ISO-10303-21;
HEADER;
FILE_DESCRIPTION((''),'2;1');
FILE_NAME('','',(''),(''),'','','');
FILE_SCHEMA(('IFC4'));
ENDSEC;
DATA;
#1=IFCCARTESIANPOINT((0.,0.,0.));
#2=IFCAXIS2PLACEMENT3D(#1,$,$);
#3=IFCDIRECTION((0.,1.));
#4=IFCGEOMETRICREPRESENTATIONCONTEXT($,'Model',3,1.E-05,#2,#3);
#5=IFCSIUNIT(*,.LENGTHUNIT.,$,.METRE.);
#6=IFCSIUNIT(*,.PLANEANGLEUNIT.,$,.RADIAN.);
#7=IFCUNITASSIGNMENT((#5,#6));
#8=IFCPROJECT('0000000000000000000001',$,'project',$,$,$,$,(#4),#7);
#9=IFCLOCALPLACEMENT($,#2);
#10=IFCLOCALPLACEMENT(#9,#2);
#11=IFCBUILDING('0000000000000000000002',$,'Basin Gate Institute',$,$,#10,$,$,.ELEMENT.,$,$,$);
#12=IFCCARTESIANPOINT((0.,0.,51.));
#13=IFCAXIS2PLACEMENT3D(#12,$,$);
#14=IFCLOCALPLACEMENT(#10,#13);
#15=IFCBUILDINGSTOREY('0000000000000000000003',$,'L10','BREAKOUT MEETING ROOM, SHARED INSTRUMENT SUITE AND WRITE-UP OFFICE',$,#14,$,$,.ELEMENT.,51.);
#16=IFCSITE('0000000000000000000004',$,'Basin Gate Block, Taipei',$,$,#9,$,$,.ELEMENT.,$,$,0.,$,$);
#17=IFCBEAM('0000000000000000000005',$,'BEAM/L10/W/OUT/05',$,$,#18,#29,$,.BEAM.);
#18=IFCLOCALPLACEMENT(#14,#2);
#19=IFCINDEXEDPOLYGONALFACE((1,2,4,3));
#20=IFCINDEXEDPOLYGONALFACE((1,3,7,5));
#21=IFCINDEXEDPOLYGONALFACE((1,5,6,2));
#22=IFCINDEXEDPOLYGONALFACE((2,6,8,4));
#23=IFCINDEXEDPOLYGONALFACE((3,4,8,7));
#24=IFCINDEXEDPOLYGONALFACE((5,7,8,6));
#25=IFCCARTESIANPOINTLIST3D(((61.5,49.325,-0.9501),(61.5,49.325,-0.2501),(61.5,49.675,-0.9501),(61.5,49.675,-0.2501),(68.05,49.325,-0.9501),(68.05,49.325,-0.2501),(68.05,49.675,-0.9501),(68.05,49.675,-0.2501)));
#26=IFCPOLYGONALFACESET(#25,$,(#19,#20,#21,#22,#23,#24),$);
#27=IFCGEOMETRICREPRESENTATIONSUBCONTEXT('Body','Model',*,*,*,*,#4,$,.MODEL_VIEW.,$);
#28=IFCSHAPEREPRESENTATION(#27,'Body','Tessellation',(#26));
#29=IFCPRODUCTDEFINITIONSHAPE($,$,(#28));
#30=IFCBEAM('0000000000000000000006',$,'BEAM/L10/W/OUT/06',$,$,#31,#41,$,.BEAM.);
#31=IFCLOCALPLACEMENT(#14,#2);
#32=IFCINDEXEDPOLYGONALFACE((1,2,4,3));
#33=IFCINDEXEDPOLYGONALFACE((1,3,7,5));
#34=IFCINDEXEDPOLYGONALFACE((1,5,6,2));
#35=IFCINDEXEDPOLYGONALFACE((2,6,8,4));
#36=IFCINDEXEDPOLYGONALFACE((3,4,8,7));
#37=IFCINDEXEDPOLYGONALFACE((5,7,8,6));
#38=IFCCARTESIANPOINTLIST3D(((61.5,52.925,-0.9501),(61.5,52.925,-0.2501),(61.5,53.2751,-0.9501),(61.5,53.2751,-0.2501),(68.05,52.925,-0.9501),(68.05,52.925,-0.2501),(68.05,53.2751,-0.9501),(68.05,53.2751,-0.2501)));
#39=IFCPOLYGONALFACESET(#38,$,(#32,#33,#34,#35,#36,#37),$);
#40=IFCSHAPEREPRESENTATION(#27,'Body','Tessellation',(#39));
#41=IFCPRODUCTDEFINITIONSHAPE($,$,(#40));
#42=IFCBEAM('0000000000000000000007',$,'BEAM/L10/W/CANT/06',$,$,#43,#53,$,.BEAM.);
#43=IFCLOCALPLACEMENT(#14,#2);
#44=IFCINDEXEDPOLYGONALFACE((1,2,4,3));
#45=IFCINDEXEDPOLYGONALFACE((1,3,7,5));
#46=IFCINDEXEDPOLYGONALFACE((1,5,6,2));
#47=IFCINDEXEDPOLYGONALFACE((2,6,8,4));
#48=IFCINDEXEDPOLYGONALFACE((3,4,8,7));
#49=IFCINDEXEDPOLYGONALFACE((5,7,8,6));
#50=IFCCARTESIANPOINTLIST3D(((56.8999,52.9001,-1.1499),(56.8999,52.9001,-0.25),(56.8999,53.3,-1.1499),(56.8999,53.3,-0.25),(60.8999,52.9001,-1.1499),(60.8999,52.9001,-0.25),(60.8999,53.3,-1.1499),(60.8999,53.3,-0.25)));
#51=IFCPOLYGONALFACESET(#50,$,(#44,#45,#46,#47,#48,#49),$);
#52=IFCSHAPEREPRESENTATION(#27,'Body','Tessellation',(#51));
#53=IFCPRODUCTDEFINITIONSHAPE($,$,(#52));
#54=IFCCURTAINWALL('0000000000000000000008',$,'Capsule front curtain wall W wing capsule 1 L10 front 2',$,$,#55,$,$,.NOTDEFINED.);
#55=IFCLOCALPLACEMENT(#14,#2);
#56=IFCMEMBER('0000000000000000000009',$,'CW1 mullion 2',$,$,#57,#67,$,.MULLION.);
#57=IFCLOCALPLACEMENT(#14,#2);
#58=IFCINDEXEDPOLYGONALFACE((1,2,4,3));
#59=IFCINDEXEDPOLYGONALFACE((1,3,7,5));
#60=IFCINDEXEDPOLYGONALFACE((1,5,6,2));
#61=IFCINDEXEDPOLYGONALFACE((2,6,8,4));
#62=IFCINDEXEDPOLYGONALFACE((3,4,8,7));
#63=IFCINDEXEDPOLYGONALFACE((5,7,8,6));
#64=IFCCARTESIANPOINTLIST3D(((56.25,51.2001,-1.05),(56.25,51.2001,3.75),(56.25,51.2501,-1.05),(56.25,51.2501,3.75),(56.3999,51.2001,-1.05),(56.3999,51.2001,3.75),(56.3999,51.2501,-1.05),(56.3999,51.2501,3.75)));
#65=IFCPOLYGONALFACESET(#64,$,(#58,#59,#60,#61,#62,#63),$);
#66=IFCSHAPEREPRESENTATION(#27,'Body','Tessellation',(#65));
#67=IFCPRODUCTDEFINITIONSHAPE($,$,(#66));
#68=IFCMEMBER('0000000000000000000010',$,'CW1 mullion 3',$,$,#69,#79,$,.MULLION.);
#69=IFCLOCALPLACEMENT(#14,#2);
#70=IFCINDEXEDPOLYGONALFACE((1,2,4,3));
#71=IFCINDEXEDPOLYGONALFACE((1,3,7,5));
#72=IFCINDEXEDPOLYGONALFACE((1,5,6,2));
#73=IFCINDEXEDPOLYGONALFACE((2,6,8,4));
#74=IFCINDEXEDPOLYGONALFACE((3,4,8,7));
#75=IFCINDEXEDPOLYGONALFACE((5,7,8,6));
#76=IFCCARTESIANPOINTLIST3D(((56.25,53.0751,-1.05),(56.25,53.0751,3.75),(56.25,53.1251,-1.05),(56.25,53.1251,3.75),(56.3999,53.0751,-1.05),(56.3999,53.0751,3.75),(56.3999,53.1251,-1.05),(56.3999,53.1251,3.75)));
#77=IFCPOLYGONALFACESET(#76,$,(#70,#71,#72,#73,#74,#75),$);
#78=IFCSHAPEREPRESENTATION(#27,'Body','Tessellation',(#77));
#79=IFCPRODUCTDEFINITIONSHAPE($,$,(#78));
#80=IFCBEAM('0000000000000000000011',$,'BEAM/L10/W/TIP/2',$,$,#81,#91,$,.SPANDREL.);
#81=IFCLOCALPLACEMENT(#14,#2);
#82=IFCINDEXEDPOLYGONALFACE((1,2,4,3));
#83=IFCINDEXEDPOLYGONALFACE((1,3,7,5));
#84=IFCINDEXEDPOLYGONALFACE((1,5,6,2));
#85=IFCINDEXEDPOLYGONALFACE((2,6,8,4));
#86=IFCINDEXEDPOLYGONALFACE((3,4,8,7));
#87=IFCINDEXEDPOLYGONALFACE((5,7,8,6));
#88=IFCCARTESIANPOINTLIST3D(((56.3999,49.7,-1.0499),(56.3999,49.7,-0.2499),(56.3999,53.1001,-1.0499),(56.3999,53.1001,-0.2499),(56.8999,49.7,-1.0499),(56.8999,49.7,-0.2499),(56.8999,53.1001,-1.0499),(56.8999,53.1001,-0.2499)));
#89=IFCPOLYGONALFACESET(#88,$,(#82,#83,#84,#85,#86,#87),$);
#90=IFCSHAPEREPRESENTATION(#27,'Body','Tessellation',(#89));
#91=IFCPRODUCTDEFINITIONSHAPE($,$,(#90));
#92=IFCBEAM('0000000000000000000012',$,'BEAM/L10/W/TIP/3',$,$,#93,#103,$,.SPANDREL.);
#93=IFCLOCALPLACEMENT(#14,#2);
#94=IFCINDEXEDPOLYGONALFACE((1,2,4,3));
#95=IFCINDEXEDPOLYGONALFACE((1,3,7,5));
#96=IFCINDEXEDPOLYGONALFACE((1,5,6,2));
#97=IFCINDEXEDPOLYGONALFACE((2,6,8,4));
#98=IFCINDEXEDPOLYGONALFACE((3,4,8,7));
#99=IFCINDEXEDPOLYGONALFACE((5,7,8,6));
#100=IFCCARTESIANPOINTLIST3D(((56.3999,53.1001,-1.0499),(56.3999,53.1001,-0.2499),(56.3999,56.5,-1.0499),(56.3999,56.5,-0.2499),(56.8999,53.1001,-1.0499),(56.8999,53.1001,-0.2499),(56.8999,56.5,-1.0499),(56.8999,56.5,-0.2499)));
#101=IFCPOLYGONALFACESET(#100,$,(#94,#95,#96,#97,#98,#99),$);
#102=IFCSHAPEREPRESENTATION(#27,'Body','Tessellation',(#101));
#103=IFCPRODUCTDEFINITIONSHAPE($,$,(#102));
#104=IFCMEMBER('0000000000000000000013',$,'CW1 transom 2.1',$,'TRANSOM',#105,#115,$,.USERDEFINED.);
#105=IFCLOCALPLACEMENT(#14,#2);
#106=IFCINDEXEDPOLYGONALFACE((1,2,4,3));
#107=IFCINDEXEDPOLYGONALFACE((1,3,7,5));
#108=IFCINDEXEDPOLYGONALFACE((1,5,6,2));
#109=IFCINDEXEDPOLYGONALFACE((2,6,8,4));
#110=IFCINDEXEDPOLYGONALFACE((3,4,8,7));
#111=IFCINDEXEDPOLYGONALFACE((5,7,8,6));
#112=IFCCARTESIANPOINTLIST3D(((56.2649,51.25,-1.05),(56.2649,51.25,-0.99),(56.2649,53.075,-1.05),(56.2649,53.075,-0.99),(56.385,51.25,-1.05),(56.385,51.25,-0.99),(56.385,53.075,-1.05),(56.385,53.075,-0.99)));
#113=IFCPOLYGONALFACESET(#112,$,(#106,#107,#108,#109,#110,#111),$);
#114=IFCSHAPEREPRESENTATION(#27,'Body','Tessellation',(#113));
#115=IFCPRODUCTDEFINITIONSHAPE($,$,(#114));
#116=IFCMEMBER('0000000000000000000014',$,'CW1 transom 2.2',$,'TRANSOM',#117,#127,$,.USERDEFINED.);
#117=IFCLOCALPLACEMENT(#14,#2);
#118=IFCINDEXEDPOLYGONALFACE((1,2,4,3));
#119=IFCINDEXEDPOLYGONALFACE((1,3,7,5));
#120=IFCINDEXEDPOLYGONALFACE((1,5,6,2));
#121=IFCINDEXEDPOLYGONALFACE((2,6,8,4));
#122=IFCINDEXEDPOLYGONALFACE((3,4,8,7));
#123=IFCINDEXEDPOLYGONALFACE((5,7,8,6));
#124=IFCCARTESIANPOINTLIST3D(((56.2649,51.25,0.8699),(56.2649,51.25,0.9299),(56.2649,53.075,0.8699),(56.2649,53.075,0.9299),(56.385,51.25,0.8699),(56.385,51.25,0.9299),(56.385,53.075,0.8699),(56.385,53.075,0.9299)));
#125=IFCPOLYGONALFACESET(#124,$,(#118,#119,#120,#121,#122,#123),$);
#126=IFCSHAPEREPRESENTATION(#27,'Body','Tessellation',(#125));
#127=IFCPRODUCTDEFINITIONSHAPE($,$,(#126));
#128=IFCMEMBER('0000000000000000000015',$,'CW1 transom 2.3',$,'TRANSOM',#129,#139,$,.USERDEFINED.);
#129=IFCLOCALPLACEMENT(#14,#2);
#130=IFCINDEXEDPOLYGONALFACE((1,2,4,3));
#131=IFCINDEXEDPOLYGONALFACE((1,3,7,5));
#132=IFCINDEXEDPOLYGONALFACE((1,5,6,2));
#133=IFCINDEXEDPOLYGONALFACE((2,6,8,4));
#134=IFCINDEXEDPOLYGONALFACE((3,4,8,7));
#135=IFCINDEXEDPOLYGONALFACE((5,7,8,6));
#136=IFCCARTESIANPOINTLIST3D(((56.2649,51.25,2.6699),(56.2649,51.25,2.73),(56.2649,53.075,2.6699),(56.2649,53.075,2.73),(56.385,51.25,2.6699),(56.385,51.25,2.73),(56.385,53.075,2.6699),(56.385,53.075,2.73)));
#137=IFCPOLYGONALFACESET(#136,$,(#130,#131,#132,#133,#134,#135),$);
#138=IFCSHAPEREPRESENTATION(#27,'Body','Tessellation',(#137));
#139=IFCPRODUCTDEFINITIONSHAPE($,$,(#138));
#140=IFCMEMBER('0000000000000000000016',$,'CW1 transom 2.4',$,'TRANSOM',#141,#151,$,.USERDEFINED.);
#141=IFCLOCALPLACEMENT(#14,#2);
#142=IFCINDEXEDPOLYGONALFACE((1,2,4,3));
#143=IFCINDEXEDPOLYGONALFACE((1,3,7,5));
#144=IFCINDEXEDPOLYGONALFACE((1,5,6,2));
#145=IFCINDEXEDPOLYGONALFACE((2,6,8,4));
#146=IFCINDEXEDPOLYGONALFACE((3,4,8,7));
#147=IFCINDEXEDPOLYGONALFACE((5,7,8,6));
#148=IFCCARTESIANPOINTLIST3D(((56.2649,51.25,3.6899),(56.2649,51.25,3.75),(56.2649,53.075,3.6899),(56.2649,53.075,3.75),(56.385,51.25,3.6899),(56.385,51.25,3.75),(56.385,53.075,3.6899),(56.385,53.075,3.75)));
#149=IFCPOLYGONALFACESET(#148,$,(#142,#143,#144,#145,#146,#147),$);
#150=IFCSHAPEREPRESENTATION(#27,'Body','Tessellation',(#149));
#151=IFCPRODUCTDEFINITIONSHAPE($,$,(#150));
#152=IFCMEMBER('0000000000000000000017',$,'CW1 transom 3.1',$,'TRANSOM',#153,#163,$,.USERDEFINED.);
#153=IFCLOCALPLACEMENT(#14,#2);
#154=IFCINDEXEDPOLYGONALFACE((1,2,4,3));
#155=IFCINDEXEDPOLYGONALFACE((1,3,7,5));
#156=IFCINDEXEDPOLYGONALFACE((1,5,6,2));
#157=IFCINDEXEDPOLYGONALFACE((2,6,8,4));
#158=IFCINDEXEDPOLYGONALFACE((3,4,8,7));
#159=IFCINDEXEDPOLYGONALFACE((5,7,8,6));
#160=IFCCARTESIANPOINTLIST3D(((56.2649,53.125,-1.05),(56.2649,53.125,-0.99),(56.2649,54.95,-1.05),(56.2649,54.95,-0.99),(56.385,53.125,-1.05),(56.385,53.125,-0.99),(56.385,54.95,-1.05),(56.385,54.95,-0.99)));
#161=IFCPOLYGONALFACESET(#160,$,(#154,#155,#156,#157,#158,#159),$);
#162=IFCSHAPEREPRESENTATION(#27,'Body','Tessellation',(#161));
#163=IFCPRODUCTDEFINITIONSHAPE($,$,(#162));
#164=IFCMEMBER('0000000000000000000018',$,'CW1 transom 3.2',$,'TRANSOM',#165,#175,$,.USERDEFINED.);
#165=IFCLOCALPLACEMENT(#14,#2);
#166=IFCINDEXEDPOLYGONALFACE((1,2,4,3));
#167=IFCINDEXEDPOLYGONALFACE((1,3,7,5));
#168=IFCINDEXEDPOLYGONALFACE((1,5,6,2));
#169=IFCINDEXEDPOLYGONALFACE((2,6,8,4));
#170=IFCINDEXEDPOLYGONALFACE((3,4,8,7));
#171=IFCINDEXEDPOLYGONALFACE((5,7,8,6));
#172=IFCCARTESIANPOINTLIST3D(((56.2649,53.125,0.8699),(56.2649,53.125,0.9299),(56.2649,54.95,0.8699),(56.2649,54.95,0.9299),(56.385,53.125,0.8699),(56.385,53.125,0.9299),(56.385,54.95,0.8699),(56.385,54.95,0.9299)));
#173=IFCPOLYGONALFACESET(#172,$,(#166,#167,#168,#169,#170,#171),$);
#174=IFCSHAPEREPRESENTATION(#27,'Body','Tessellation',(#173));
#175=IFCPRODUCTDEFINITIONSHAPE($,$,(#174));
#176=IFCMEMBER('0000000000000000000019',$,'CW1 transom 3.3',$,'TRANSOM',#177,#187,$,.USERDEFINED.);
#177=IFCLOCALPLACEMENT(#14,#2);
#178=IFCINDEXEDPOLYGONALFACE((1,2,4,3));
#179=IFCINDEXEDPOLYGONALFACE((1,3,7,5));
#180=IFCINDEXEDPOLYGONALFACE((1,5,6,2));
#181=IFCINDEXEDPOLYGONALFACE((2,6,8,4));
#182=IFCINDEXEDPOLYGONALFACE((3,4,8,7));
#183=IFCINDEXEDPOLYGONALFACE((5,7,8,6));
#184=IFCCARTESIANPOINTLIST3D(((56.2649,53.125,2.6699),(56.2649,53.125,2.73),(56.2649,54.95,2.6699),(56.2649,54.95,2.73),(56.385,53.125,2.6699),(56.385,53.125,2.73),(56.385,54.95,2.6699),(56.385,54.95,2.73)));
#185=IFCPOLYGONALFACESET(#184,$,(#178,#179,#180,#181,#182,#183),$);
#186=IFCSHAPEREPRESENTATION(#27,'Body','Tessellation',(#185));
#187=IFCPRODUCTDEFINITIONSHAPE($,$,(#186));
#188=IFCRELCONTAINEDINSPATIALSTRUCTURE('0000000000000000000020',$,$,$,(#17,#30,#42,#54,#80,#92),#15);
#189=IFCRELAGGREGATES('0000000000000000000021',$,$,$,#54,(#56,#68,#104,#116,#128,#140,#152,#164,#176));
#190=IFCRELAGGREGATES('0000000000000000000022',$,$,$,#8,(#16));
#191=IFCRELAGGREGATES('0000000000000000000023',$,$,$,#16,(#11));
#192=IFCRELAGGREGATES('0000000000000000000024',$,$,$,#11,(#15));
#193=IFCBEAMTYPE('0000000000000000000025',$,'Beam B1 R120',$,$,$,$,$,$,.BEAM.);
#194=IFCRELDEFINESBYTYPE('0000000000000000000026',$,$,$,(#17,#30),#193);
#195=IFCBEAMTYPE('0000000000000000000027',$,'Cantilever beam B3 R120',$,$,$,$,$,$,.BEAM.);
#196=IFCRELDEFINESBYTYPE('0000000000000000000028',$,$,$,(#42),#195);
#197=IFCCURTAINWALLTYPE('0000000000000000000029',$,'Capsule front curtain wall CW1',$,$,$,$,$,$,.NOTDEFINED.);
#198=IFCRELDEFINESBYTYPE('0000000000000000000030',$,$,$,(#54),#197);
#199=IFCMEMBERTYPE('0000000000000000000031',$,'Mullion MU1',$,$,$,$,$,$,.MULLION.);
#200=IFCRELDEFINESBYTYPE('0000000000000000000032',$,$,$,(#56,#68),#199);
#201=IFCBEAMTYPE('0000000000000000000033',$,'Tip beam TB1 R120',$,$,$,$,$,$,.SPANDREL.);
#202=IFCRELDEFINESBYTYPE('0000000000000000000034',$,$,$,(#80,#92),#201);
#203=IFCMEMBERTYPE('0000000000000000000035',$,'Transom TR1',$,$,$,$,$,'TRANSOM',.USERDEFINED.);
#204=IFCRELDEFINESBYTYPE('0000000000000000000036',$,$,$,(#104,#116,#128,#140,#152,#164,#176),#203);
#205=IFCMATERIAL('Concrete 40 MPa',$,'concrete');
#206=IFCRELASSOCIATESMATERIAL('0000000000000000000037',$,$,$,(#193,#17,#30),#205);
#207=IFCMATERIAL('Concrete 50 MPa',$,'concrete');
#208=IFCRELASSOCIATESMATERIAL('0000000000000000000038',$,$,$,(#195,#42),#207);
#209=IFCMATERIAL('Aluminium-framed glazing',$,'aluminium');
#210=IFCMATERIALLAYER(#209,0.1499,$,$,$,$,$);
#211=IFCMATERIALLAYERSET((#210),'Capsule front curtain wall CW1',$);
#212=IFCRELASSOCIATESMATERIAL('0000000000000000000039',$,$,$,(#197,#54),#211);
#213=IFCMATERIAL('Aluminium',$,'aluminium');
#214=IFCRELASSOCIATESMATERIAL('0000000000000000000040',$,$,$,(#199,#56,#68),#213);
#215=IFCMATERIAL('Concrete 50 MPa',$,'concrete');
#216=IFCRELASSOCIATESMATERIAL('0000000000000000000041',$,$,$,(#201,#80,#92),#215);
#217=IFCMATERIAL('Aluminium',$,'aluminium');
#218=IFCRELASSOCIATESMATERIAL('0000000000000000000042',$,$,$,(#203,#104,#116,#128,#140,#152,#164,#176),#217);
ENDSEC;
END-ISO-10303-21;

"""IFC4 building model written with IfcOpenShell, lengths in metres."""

from ifc_helpers import new_model, si_unit, direction, frame, origin, origin_2d, place, context, subcontext, project, spatial, rectangle, extrude, material, layer, layer_set, material_profile, profile_set, type_object, element, aggregate, save


model = new_model("IFC4")

# Units and contexts
model_context = context("Model", 3, precision=1e-05, world=origin(), true_north=direction((0.0, 1.0)))
body_context = subcontext(model_context, "Body", "Model", "MODEL_VIEW")
ifc_project = project(units=[si_unit("LENGTHUNIT", "METRE"), si_unit("PLANEANGLEUNIT", "RADIAN")], contexts=[model_context])

# Site, building, storey
site_placement = place(None, origin())
site = spatial("IfcSite", under=ifc_project, at=site_placement, Name="Basin Gate Block, Taipei", CompositionType="ELEMENT", RefElevation=0.0)
building_placement = place(site_placement, origin())
building = spatial("IfcBuilding", under=site, at=building_placement, Name="Basin Gate Institute", CompositionType="ELEMENT")
storey_placement = place(building_placement, frame((0.0, 0.0, 51.0)))
storey = spatial("IfcBuildingStorey", under=building, at=storey_placement, Name="L10", Description="BREAKOUT MEETING ROOM, SHARED INSTRUMENT SUITE AND WRITE-UP OFFICE", CompositionType="ELEMENT", Elevation=51.0)

# Beams
ifc_material_1 = material(Name="Concrete 40 MPa", Category="concrete")
ifc_material_profile_1 = material_profile(ifc_material_1, rectangle(XDim=0.3501, YDim=0.7, at=origin_2d()), Name="Beam B1 350 x 700")
ifc_profile_set_1 = profile_set([ifc_material_profile_1], Name="Concrete 40 MPa")
beam_type_1 = type_object("IfcBeamType", Name="Beam B1 R120", PredefinedType="BEAM", material=ifc_profile_set_1)
for number, where, z_axis, x_axis, name in (
    (1, (61.5, 49.5, -0.6001), (1.0, 0.0, 0.0), (0.0, 1.0, 0.0), "BEAM/L10/W/OUT/05"),
    (2, (61.5, 53.1001, -0.6001), (1.0, 0.0, 0.0), (0.0, 1.0, 0.0), "BEAM/L10/W/OUT/06"),
):
    element("IfcBeam", number, at=place(storey_placement, frame(where, z_axis=z_axis, x_axis=x_axis)), inside=storey, type_object=beam_type_1, material=ifc_profile_set_1, Name=name, PredefinedType="BEAM", context=body_context, shape_type="SweptSolid", body=[
        extrude(rectangle(XDim=0.3501, YDim=0.7, at=origin_2d()), origin(), (0.0, 0.0, 1.0), 6.55),
    ])
ifc_material_2 = material(Name="Concrete 50 MPa", Category="concrete")
ifc_material_profile_2 = material_profile(ifc_material_2, rectangle(XDim=0.3999, YDim=0.8999, at=origin_2d()), Name="Cantilever beam B3 400 x 900")
ifc_profile_set_2 = profile_set([ifc_material_profile_2], Name="Concrete 50 MPa")
beam_type_2 = type_object("IfcBeamType", Name="Cantilever beam B3 R120", PredefinedType="BEAM", material=ifc_profile_set_2)
beam_1_placement = place(storey_placement, frame((56.8999, 53.1001, -0.7), z_axis=(1.0, 0.0, 0.0), x_axis=(0.0, 1.0, 0.0)))
element("IfcBeam", 3, at=beam_1_placement, inside=storey, type_object=beam_type_2, material=ifc_profile_set_2, Name="BEAM/L10/W/CANT/06", PredefinedType="BEAM", context=body_context, shape_type="SweptSolid", body=[
    extrude(rectangle(XDim=0.3999, YDim=0.8999, at=origin_2d()), origin(), (0.0, 0.0, 1.0), 4.0),
])

# Curtain wall, members
ifc_material_3 = material(Name="Aluminium-framed glazing", Category="aluminium")
ifc_layer_1 = layer(ifc_material_3, 0.1499)
ifc_layer_set_1 = layer_set([ifc_layer_1], Name="Capsule front curtain wall CW1")
curtain_wall_type = type_object("IfcCurtainWallType", Name="Capsule front curtain wall CW1", PredefinedType="NOTDEFINED", material=ifc_layer_set_1)
curtain_wall_placement = place(storey_placement, origin())
curtain_wall = element("IfcCurtainWall", 4, at=curtain_wall_placement, inside=storey, type_object=curtain_wall_type, material=ifc_layer_set_1, Name="Capsule front curtain wall W wing capsule 1 L10 front 2", PredefinedType="NOTDEFINED")
ifc_material_4 = material(Name="Aluminium", Category="aluminium")
ifc_material_profile_3 = material_profile(ifc_material_4, rectangle(XDim=0.1499, YDim=0.05, at=origin_2d()), Name="Mullion MU1 150 x 50")
ifc_profile_set_3 = profile_set([ifc_material_profile_3], Name="Aluminium")
member_type_1 = type_object("IfcMemberType", Name="Mullion MU1", PredefinedType="MULLION", material=ifc_profile_set_3)
member_1_placement = place(storey_placement, frame((56.325, 51.2251, -1.05), z_axis=(0.0, 0.0, 1.0), x_axis=(-1.0, 0.0, 0.0)))
member_1 = element("IfcMember", 5, at=member_1_placement, type_object=member_type_1, material=ifc_profile_set_3, Name="CW1 mullion 2", PredefinedType="MULLION", context=body_context, shape_type="SweptSolid", body=[
    extrude(rectangle(XDim=0.1499, YDim=0.05, at=origin_2d()), origin(), (0.0, 0.0, 1.0), 4.8),
])
member_2_placement = place(storey_placement, frame((56.325, 53.1001, -1.05), z_axis=(0.0, 0.0, 1.0), x_axis=(-1.0, 0.0, 0.0)))
member_2 = element("IfcMember", 6, at=member_2_placement, type_object=member_type_1, material=ifc_profile_set_3, Name="CW1 mullion 3", PredefinedType="MULLION", context=body_context, shape_type="SweptSolid", body=[
    extrude(rectangle(XDim=0.1499, YDim=0.05, at=origin_2d()), origin(), (0.0, 0.0, 1.0), 4.8),
])

# Beams
ifc_material_5 = material(Name="Concrete 50 MPa", Category="concrete")
ifc_material_profile_4 = material_profile(ifc_material_5, rectangle(XDim=0.5, YDim=0.8, at=origin_2d()), Name="Tip beam TB1 500 x 800")
ifc_profile_set_4 = profile_set([ifc_material_profile_4], Name="Concrete 50 MPa")
beam_type_3 = type_object("IfcBeamType", Name="Tip beam TB1 R120", PredefinedType="SPANDREL", material=ifc_profile_set_4)
beam_2_placement = place(storey_placement, frame((56.6499, 49.7, -0.6499), z_axis=(0.0, 1.0, 0.0), x_axis=(-1.0, 0.0, 0.0)))
element("IfcBeam", 7, at=beam_2_placement, inside=storey, type_object=beam_type_3, material=ifc_profile_set_4, Name="BEAM/L10/W/TIP/2", PredefinedType="SPANDREL", context=body_context, shape_type="SweptSolid", body=[
    extrude(rectangle(XDim=0.5, YDim=0.8, at=origin_2d()), origin(), (0.0, 0.0, 1.0), 3.4001),
])
beam_3_placement = place(storey_placement, frame((56.6499, 53.1001, -0.6499), z_axis=(0.0, 1.0, 0.0), x_axis=(-1.0, 0.0, 0.0)))
element("IfcBeam", 8, at=beam_3_placement, inside=storey, type_object=beam_type_3, material=ifc_profile_set_4, Name="BEAM/L10/W/TIP/3", PredefinedType="SPANDREL", context=body_context, shape_type="SweptSolid", body=[
    extrude(rectangle(XDim=0.5, YDim=0.8, at=origin_2d()), origin(), (0.0, 0.0, 1.0), 3.3999),
])

# Members
ifc_material_6 = material(Name="Aluminium", Category="aluminium")
ifc_material_profile_5 = material_profile(ifc_material_6, rectangle(XDim=0.1201, YDim=0.0601, at=origin_2d()), Name="Transom TR1 120 x 60")
ifc_profile_set_5 = profile_set([ifc_material_profile_5], Name="Aluminium")
member_type_2 = type_object("IfcMemberType", Name="Transom TR1", ElementType="TRANSOM", PredefinedType="USERDEFINED", material=ifc_profile_set_5)
member_3_placement = place(storey_placement, frame((56.325, 51.25, -1.02), z_axis=(0.0, 1.0, 0.0), x_axis=(-1.0, 0.0, 0.0)))
member_3 = element("IfcMember", 9, at=member_3_placement, type_object=member_type_2, material=ifc_profile_set_5, Name="CW1 transom 2.1", ObjectType="TRANSOM", PredefinedType="USERDEFINED", context=body_context, shape_type="SweptSolid", body=[
    extrude(rectangle(XDim=0.1201, YDim=0.0601, at=origin_2d()), origin(), (0.0, 0.0, 1.0), 1.825),
])
member_4_placement = place(storey_placement, frame((56.325, 51.25, 0.8999), z_axis=(0.0, 1.0, 0.0), x_axis=(-1.0, 0.0, 0.0)))
member_4 = element("IfcMember", 10, at=member_4_placement, type_object=member_type_2, material=ifc_profile_set_5, Name="CW1 transom 2.2", ObjectType="TRANSOM", PredefinedType="USERDEFINED", context=body_context, shape_type="SweptSolid", body=[
    extrude(rectangle(XDim=0.1201, YDim=0.0601, at=origin_2d()), origin(), (0.0, 0.0, 1.0), 1.825),
])
member_5_placement = place(storey_placement, frame((56.325, 51.25, 2.7), z_axis=(0.0, 1.0, 0.0), x_axis=(-1.0, 0.0, 0.0)))
member_5 = element("IfcMember", 11, at=member_5_placement, type_object=member_type_2, material=ifc_profile_set_5, Name="CW1 transom 2.3", ObjectType="TRANSOM", PredefinedType="USERDEFINED", context=body_context, shape_type="SweptSolid", body=[
    extrude(rectangle(XDim=0.1201, YDim=0.0601, at=origin_2d()), origin(), (0.0, 0.0, 1.0), 1.825),
])
member_6_placement = place(storey_placement, frame((56.325, 51.25, 3.72), z_axis=(0.0, 1.0, 0.0), x_axis=(-1.0, 0.0, 0.0)))
member_6 = element("IfcMember", 12, at=member_6_placement, type_object=member_type_2, material=ifc_profile_set_5, Name="CW1 transom 2.4", ObjectType="TRANSOM", PredefinedType="USERDEFINED", context=body_context, shape_type="SweptSolid", body=[
    extrude(rectangle(XDim=0.1201, YDim=0.0601, at=origin_2d()), origin(), (0.0, 0.0, 1.0), 1.825),
])
member_7_placement = place(storey_placement, frame((56.325, 53.125, -1.02), z_axis=(0.0, 1.0, 0.0), x_axis=(-1.0, 0.0, 0.0)))
member_7 = element("IfcMember", 13, at=member_7_placement, type_object=member_type_2, material=ifc_profile_set_5, Name="CW1 transom 3.1", ObjectType="TRANSOM", PredefinedType="USERDEFINED", context=body_context, shape_type="SweptSolid", body=[
    extrude(rectangle(XDim=0.1201, YDim=0.0601, at=origin_2d()), origin(), (0.0, 0.0, 1.0), 1.825),
])
member_8_placement = place(storey_placement, frame((56.325, 53.125, 0.8999), z_axis=(0.0, 1.0, 0.0), x_axis=(-1.0, 0.0, 0.0)))
member_8 = element("IfcMember", 14, at=member_8_placement, type_object=member_type_2, material=ifc_profile_set_5, Name="CW1 transom 3.2", ObjectType="TRANSOM", PredefinedType="USERDEFINED", context=body_context, shape_type="SweptSolid", body=[
    extrude(rectangle(XDim=0.1201, YDim=0.0601, at=origin_2d()), origin(), (0.0, 0.0, 1.0), 1.825),
])
member_9_placement = place(storey_placement, frame((56.325, 53.125, 2.7), z_axis=(0.0, 1.0, 0.0), x_axis=(-1.0, 0.0, 0.0)))
member_9 = element("IfcMember", 15, at=member_9_placement, type_object=member_type_2, material=ifc_profile_set_5, Name="CW1 transom 3.3", ObjectType="TRANSOM", PredefinedType="USERDEFINED", context=body_context, shape_type="SweptSolid", body=[
    extrude(rectangle(XDim=0.1201, YDim=0.0601, at=origin_2d()), origin(), (0.0, 0.0, 1.0), 1.825),
])

aggregate(curtain_wall, [member_1, member_2, member_3, member_4, member_5, member_6, member_7, member_8, member_9])

save(model, "model.ifc")
